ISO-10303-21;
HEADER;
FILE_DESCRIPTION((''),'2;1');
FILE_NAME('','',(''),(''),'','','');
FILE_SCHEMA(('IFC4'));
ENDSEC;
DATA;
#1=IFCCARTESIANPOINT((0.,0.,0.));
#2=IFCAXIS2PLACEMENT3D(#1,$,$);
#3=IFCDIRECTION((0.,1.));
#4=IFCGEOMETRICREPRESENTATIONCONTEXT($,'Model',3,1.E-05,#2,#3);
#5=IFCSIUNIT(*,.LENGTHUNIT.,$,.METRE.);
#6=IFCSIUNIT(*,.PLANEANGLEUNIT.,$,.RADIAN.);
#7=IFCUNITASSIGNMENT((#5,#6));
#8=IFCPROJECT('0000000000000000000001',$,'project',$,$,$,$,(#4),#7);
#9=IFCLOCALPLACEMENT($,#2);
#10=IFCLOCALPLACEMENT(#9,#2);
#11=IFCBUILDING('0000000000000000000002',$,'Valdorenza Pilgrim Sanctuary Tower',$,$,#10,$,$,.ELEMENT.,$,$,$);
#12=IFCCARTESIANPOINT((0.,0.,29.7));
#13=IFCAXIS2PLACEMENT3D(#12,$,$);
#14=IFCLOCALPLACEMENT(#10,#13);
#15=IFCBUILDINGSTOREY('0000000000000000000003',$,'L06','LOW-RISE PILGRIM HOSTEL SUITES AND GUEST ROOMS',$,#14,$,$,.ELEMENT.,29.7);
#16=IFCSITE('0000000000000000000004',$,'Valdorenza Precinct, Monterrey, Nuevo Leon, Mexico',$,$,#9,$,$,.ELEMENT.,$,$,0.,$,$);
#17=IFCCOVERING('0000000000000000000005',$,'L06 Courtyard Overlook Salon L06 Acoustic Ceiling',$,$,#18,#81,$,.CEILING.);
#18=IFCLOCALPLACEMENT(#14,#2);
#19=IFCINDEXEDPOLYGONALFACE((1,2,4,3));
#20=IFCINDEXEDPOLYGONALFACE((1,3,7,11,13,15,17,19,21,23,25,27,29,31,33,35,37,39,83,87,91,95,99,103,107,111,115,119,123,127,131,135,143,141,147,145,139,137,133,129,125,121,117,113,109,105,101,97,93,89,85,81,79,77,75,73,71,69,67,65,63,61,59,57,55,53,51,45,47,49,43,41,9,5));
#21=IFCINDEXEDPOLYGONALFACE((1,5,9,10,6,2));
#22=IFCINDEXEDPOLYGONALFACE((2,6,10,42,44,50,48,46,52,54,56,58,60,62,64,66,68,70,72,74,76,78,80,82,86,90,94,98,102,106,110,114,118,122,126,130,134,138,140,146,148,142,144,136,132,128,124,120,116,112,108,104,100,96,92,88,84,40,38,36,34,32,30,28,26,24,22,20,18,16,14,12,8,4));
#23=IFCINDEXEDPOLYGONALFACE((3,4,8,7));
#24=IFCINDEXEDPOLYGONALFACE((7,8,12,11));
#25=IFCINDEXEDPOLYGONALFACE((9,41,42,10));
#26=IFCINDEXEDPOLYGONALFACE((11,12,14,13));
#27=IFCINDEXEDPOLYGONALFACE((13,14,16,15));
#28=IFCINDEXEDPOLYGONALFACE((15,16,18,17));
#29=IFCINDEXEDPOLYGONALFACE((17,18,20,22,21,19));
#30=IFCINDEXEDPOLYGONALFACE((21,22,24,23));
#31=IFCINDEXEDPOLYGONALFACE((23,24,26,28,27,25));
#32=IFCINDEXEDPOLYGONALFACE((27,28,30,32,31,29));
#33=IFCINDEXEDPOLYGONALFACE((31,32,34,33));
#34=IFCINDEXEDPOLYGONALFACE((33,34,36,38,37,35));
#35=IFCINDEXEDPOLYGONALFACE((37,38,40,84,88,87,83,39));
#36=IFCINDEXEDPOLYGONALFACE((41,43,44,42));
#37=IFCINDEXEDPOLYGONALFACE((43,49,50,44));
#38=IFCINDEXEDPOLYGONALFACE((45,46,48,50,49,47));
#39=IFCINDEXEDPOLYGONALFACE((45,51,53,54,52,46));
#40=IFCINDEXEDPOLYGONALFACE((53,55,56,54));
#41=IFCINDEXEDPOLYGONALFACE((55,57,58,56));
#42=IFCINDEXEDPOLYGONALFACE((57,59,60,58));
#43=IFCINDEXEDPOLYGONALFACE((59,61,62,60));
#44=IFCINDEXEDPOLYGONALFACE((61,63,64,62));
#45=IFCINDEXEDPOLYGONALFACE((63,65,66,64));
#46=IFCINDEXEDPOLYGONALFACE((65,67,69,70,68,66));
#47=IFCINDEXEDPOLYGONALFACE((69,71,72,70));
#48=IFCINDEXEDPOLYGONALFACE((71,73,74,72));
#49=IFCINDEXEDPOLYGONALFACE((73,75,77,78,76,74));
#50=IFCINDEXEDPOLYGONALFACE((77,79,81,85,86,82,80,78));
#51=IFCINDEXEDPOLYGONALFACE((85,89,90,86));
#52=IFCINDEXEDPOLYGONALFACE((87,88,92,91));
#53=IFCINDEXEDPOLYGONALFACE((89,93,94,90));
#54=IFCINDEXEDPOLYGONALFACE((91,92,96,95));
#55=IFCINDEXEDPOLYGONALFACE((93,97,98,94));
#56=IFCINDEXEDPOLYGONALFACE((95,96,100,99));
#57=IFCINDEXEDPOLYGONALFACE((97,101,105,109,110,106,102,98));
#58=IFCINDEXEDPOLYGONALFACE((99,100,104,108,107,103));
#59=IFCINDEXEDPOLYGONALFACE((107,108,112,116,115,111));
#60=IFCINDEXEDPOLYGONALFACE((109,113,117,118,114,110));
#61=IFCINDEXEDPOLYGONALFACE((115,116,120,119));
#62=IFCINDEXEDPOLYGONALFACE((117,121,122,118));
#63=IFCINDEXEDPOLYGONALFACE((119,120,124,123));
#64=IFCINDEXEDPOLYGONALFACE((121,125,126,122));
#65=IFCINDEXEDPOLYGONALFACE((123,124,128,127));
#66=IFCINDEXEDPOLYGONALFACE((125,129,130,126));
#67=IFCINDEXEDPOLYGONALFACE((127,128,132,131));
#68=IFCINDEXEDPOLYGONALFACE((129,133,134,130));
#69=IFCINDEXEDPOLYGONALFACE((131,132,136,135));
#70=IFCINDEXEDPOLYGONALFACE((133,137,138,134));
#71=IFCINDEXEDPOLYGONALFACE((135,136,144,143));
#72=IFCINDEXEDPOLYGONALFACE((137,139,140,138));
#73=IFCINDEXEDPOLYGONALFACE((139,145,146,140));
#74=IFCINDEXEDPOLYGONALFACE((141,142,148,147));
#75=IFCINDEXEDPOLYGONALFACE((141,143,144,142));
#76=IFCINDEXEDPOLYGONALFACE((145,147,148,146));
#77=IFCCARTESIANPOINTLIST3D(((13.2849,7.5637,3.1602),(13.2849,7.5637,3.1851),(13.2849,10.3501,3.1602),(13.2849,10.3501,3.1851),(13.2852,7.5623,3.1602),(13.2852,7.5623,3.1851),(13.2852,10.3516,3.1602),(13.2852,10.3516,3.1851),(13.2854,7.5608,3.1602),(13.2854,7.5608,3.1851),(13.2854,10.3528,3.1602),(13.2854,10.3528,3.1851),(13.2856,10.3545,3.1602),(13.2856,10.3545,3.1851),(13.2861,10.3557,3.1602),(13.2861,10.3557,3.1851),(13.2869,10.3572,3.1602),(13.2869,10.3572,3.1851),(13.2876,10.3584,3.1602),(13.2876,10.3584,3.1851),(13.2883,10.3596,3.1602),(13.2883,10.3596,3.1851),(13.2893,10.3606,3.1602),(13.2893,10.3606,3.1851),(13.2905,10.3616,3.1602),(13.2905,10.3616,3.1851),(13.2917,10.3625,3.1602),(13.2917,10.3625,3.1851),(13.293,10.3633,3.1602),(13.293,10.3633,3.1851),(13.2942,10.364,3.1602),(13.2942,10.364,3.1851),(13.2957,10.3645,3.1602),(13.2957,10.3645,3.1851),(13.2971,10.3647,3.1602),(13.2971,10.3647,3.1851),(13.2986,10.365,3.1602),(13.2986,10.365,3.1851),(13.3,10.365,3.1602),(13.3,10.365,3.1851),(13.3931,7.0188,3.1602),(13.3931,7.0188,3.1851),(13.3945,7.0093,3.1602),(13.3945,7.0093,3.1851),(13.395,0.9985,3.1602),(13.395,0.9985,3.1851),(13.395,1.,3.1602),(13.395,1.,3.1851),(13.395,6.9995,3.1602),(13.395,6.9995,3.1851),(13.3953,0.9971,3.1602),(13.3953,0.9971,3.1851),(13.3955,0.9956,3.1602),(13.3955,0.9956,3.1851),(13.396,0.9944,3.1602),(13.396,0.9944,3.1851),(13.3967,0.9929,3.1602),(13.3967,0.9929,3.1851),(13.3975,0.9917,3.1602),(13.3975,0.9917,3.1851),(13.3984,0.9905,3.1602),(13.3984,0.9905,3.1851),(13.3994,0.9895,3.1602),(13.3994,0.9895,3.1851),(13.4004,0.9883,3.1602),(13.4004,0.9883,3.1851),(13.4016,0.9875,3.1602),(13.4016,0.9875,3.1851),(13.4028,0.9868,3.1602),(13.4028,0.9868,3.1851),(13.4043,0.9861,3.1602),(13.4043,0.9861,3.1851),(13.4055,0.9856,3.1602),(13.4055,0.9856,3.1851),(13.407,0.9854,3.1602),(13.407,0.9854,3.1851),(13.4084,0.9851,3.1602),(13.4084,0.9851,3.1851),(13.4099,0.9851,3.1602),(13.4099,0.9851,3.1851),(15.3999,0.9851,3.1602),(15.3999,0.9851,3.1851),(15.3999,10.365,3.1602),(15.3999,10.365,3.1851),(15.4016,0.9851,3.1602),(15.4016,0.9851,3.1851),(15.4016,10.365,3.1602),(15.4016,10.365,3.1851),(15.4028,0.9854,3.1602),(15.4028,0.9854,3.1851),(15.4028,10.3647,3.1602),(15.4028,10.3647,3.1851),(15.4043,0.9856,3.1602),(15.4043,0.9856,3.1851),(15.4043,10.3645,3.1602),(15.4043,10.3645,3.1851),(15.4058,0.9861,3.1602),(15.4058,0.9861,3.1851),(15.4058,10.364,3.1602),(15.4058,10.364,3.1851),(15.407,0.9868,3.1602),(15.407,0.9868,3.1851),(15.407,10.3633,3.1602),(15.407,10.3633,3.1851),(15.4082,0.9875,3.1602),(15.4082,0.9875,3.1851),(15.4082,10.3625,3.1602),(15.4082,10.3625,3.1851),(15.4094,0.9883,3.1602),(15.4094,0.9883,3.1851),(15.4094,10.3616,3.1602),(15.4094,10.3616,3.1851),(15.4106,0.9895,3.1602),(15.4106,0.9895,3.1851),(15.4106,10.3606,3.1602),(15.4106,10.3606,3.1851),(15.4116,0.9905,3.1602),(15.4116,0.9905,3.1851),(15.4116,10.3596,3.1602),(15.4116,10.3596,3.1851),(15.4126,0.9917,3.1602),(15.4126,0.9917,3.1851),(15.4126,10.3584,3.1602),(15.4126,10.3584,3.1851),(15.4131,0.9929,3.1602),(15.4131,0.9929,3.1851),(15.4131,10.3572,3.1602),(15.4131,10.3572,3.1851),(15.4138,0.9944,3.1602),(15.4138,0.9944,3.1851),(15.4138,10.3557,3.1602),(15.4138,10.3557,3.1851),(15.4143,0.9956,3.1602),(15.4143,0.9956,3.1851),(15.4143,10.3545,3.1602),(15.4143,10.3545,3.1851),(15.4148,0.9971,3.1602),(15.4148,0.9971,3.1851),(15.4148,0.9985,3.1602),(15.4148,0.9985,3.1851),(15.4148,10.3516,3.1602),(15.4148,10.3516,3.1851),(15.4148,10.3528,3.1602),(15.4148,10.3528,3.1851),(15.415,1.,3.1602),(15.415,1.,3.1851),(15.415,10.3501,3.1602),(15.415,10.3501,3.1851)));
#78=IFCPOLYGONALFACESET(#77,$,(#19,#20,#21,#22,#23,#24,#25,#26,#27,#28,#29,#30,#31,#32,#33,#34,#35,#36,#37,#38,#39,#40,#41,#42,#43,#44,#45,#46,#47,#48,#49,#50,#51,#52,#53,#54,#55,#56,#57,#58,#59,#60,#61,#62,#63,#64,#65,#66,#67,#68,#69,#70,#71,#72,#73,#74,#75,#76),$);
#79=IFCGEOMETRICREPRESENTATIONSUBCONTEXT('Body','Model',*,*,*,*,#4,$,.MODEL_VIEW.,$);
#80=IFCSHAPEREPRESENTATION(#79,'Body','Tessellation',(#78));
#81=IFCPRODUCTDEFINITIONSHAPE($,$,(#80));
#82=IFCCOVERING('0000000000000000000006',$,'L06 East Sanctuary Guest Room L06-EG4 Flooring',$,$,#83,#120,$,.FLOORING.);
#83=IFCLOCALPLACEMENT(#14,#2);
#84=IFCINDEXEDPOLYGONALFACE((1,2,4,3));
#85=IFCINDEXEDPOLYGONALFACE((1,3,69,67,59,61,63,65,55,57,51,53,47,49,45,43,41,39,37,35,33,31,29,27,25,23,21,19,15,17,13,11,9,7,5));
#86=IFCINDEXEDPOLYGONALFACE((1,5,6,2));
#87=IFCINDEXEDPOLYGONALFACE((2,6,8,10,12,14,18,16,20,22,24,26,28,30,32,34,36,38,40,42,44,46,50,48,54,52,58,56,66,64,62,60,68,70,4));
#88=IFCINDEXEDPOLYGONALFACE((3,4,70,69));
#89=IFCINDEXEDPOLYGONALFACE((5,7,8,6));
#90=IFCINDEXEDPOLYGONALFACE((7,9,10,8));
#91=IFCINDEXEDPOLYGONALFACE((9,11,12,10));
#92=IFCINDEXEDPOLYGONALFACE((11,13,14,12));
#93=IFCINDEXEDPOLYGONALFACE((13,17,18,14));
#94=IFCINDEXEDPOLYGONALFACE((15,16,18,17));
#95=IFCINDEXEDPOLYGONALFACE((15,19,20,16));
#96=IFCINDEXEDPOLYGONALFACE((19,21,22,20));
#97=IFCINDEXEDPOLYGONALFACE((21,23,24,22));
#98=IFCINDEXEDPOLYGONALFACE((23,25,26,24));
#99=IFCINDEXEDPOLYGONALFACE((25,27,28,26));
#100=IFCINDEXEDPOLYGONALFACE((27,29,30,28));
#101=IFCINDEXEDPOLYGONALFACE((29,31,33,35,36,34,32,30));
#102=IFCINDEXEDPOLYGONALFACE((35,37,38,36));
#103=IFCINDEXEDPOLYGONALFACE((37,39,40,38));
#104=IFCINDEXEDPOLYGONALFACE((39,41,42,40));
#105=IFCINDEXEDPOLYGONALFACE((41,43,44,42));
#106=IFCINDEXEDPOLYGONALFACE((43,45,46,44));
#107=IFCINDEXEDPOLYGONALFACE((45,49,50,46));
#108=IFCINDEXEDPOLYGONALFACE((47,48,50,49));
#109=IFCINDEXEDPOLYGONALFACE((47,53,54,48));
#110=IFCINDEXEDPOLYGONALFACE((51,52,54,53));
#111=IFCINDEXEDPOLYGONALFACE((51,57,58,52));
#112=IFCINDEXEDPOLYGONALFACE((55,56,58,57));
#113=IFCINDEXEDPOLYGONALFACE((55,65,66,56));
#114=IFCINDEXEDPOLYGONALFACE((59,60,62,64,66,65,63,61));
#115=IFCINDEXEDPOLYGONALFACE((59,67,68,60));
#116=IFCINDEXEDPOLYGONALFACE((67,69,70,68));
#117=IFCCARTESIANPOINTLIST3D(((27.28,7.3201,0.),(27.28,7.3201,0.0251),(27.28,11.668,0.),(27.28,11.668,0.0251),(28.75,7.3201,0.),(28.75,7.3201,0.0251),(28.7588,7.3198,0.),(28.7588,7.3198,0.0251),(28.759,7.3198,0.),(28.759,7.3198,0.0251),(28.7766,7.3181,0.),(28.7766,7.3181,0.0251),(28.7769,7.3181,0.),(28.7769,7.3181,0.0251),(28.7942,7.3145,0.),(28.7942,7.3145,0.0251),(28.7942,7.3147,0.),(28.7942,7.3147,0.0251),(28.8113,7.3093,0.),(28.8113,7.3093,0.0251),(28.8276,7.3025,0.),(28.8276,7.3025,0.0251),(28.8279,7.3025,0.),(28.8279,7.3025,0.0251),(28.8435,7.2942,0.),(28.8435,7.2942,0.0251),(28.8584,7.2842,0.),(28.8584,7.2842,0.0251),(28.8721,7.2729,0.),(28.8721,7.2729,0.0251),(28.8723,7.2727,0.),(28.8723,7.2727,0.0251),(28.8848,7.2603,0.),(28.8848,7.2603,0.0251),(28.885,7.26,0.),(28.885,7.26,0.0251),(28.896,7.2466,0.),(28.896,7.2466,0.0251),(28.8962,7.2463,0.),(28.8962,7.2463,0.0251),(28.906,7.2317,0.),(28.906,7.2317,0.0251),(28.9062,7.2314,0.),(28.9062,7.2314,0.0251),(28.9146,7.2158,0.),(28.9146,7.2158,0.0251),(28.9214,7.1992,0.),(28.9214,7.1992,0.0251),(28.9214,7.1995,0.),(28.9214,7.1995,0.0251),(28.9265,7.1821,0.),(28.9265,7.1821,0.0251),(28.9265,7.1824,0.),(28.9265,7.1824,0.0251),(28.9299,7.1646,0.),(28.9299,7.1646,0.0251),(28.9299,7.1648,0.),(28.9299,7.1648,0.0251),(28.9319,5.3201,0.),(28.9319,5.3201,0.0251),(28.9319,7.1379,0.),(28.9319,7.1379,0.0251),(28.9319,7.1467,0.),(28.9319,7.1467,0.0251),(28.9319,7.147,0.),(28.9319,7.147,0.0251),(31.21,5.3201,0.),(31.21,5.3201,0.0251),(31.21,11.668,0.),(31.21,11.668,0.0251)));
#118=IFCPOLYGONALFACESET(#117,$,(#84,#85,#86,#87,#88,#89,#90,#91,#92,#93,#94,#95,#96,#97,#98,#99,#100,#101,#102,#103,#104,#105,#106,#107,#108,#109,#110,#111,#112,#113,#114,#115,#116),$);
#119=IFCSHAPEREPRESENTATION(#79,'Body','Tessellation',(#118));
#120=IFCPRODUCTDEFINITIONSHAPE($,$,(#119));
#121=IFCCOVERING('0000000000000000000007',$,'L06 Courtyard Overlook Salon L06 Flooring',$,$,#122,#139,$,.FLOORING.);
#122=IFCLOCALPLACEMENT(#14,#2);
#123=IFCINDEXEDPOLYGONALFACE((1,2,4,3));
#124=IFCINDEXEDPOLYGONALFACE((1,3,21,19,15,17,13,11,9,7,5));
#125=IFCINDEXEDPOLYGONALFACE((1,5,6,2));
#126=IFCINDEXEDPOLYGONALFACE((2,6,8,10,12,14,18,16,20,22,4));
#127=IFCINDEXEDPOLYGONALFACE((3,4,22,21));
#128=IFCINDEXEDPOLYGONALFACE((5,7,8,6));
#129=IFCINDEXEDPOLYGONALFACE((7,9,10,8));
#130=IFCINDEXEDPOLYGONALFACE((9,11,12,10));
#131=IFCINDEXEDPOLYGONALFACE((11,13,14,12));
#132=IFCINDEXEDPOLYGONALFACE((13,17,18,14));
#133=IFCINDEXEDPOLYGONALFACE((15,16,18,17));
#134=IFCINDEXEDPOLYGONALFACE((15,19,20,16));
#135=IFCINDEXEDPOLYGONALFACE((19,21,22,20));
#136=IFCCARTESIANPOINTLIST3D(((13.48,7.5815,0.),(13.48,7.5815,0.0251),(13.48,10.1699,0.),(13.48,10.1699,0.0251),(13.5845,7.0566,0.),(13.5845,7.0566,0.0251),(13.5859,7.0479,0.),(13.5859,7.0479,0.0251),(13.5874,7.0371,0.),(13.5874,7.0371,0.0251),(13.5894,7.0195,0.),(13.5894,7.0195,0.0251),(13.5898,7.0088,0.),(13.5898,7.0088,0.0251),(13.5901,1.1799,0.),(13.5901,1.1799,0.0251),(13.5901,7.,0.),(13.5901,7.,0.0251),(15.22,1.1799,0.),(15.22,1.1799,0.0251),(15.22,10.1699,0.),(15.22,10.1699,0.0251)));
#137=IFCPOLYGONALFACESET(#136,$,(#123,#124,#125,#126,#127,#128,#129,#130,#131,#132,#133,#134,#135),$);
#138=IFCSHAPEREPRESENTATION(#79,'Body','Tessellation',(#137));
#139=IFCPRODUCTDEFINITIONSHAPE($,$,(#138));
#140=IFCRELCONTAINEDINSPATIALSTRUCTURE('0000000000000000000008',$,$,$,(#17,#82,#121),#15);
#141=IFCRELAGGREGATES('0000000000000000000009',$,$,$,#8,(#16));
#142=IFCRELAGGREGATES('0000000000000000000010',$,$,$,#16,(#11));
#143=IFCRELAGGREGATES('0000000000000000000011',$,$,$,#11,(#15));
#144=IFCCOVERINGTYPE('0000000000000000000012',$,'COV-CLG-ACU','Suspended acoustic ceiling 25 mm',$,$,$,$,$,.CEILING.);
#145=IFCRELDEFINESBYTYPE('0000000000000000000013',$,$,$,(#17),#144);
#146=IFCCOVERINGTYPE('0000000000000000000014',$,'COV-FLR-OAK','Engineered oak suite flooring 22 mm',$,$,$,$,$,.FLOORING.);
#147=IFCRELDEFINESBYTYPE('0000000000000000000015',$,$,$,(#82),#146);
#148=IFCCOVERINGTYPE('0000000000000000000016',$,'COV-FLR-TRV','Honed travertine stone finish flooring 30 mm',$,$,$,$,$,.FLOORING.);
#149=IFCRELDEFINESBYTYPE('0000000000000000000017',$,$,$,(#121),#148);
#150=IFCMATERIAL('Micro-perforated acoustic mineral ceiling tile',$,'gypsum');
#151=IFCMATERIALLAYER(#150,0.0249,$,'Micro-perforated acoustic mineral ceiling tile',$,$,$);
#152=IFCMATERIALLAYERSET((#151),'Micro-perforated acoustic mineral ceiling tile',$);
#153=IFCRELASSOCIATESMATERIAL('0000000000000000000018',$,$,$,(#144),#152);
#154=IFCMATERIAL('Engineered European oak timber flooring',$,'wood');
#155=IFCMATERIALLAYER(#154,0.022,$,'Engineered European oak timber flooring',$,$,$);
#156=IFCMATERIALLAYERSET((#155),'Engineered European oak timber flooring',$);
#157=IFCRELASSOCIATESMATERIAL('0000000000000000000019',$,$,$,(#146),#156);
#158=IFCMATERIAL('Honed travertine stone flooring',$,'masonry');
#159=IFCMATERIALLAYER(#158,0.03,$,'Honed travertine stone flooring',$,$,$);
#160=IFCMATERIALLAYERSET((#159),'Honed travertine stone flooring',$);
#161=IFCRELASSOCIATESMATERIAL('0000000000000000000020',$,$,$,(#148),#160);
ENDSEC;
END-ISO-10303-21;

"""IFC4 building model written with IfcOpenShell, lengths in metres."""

from ifc_helpers import new_model, si_unit, direction, frame, origin, place, context, subcontext, project, spatial, polyline, outline, extrude, material, layer, layer_set, type_object, element, save


model = new_model("IFC4")

# Units and contexts
model_context = context("Model", 3, precision=1e-05, world=origin(), true_north=direction((0.0, 1.0)))
body_context = subcontext(model_context, "Body", "Model", "MODEL_VIEW")
ifc_project = project(units=[si_unit("LENGTHUNIT", "METRE"), si_unit("PLANEANGLEUNIT", "RADIAN")], contexts=[model_context])

# Site, building, storey
site_placement = place(None, origin())
site = spatial("IfcSite", under=ifc_project, at=site_placement, Name="Valdorenza Precinct, Monterrey, Nuevo Leon, Mexico", CompositionType="ELEMENT", RefElevation=0.0)
building_placement = place(site_placement, origin())
building = spatial("IfcBuilding", under=site, at=building_placement, Name="Valdorenza Pilgrim Sanctuary Tower", CompositionType="ELEMENT")
storey_placement = place(building_placement, frame((0.0, 0.0, 29.7)))
storey = spatial("IfcBuildingStorey", under=building, at=storey_placement, Name="L06", Description="LOW-RISE PILGRIM HOSTEL SUITES AND GUEST ROOMS", CompositionType="ELEMENT", Elevation=29.7)

# Coverings
ifc_material_1 = material(Name="Micro-perforated acoustic mineral ceiling tile", Category="gypsum")
ifc_layer_1 = layer(ifc_material_1, 0.0249, Name="Micro-perforated acoustic mineral ceiling tile")
ifc_layer_set_1 = layer_set([ifc_layer_1], Name="Micro-perforated acoustic mineral ceiling tile")
covering_type_1 = type_object("IfcCoveringType", Name="COV-CLG-ACU", Description="Suspended acoustic ceiling 25 mm", PredefinedType="CEILING", material=ifc_layer_set_1)
covering_1_placement = place(storey_placement, frame((0.0, 0.0, 3.1602)))
element("IfcCovering", 1, at=covering_1_placement, inside=storey, type_object=covering_type_1, Name="L06 Courtyard Overlook Salon L06 Acoustic Ceiling", PredefinedType="CEILING", context=body_context, shape_type="SweptSolid", body=[
    extrude(outline(polyline([(15.3999, 10.365), (15.4016, 10.365), (15.4028, 10.3647), (15.4043, 10.3645), (15.4058, 10.364), (15.407, 10.3633), (15.4082, 10.3625), (15.4094, 10.3616), (15.4106, 10.3606), (15.4116, 10.3596), (15.4126, 10.3584), (15.4131, 10.3572), (15.4138, 10.3557), (15.4143, 10.3545), (15.4148, 10.3528), (15.4148, 10.3516), (15.415, 10.3501), (15.415, 1.0), (15.4148, 0.9985), (15.4148, 0.9971), (15.4143, 0.9956), (15.4138, 0.9944), (15.4131, 0.9929), (15.4126, 0.9917), (15.4116, 0.9905), (15.4106, 0.9895), (15.4094, 0.9883), (15.4082, 0.9875), (15.407, 0.9868), (15.4058, 0.9861), (15.4043, 0.9856), (15.4028, 0.9854), (15.4016, 0.9851), (15.3999, 0.9851), (13.4099, 0.9851), (13.4084, 0.9851), (13.407, 0.9854), (13.4055, 0.9856), (13.4043, 0.9861), (13.4028, 0.9868), (13.4016, 0.9875), (13.4004, 0.9883), (13.3994, 0.9895), (13.3984, 0.9905), (13.3975, 0.9917), (13.3967, 0.9929), (13.396, 0.9944), (13.3955, 0.9956), (13.3953, 0.9971), (13.395, 0.9985), (13.395, 1.0), (13.395, 6.9995), (13.3945, 7.0093), (13.3931, 7.0188), (13.2854, 7.5608), (13.2852, 7.5623), (13.2849, 7.5637), (13.2849, 10.3501), (13.2852, 10.3516), (13.2854, 10.3528), (13.2856, 10.3545), (13.2861, 10.3557), (13.2869, 10.3572), (13.2876, 10.3584), (13.2883, 10.3596), (13.2893, 10.3606), (13.2905, 10.3616), (13.2917, 10.3625), (13.293, 10.3633), (13.2942, 10.364), (13.2957, 10.3645), (13.2971, 10.3647), (13.2986, 10.365), (13.3, 10.365), (15.3999, 10.365)])), origin(), (0.0, 0.0, 1.0), 0.0249),
])
ifc_material_2 = material(Name="Engineered European oak timber flooring", Category="wood")
ifc_layer_2 = layer(ifc_material_2, 0.022, Name="Engineered European oak timber flooring")
ifc_layer_set_2 = layer_set([ifc_layer_2], Name="Engineered European oak timber flooring")
covering_type_2 = type_object("IfcCoveringType", Name="COV-FLR-OAK", Description="Engineered oak suite flooring 22 mm", PredefinedType="FLOORING", material=ifc_layer_set_2)
covering_2_placement = place(storey_placement, origin())
element("IfcCovering", 2, at=covering_2_placement, inside=storey, type_object=covering_type_2, Name="L06 East Sanctuary Guest Room L06-EG4 Flooring", PredefinedType="FLOORING", context=body_context, shape_type="SweptSolid", body=[
    extrude(outline(polyline([(31.21, 5.3201), (28.9319, 5.3201), (28.9319, 7.1379), (28.9319, 7.1467), (28.9319, 7.147), (28.9299, 7.1646), (28.9299, 7.1648), (28.9265, 7.1821), (28.9265, 7.1824), (28.9214, 7.1992), (28.9214, 7.1995), (28.9146, 7.2158), (28.9146, 7.2158), (28.9062, 7.2314), (28.906, 7.2317), (28.8962, 7.2463), (28.896, 7.2466), (28.885, 7.26), (28.8848, 7.2603), (28.8723, 7.2727), (28.8721, 7.2729), (28.8584, 7.2842), (28.8584, 7.2842), (28.8435, 7.2942), (28.8435, 7.2942), (28.8279, 7.3025), (28.8276, 7.3025), (28.8113, 7.3093), (28.8113, 7.3093), (28.7942, 7.3145), (28.7942, 7.3147), (28.7769, 7.3181), (28.7766, 7.3181), (28.759, 7.3198), (28.7588, 7.3198), (28.75, 7.3201), (27.28, 7.3201), (27.28, 11.668), (31.21, 11.668), (31.21, 5.3201)])), origin(), (0.0, 0.0, 1.0), 0.0251),
])
ifc_material_3 = material(Name="Honed travertine stone flooring", Category="masonry")
ifc_layer_3 = layer(ifc_material_3, 0.03, Name="Honed travertine stone flooring")
ifc_layer_set_3 = layer_set([ifc_layer_3], Name="Honed travertine stone flooring")
covering_type_3 = type_object("IfcCoveringType", Name="COV-FLR-TRV", Description="Honed travertine stone finish flooring 30 mm", PredefinedType="FLOORING", material=ifc_layer_set_3)
covering_3_placement = place(storey_placement, origin())
element("IfcCovering", 3, at=covering_3_placement, inside=storey, type_object=covering_type_3, Name="L06 Courtyard Overlook Salon L06 Flooring", PredefinedType="FLOORING", context=body_context, shape_type="SweptSolid", body=[
    extrude(outline(polyline([(15.22, 10.1699), (15.22, 1.1799), (13.5901, 1.1799), (13.5901, 7.0), (13.5898, 7.0088), (13.5894, 7.0195), (13.5874, 7.0371), (13.5859, 7.0479), (13.5845, 7.0566), (13.48, 7.5815), (13.48, 10.1699), (15.22, 10.1699)])), origin(), (0.0, 0.0, 1.0), 0.0251),
])

save(model, "model.ifc")
